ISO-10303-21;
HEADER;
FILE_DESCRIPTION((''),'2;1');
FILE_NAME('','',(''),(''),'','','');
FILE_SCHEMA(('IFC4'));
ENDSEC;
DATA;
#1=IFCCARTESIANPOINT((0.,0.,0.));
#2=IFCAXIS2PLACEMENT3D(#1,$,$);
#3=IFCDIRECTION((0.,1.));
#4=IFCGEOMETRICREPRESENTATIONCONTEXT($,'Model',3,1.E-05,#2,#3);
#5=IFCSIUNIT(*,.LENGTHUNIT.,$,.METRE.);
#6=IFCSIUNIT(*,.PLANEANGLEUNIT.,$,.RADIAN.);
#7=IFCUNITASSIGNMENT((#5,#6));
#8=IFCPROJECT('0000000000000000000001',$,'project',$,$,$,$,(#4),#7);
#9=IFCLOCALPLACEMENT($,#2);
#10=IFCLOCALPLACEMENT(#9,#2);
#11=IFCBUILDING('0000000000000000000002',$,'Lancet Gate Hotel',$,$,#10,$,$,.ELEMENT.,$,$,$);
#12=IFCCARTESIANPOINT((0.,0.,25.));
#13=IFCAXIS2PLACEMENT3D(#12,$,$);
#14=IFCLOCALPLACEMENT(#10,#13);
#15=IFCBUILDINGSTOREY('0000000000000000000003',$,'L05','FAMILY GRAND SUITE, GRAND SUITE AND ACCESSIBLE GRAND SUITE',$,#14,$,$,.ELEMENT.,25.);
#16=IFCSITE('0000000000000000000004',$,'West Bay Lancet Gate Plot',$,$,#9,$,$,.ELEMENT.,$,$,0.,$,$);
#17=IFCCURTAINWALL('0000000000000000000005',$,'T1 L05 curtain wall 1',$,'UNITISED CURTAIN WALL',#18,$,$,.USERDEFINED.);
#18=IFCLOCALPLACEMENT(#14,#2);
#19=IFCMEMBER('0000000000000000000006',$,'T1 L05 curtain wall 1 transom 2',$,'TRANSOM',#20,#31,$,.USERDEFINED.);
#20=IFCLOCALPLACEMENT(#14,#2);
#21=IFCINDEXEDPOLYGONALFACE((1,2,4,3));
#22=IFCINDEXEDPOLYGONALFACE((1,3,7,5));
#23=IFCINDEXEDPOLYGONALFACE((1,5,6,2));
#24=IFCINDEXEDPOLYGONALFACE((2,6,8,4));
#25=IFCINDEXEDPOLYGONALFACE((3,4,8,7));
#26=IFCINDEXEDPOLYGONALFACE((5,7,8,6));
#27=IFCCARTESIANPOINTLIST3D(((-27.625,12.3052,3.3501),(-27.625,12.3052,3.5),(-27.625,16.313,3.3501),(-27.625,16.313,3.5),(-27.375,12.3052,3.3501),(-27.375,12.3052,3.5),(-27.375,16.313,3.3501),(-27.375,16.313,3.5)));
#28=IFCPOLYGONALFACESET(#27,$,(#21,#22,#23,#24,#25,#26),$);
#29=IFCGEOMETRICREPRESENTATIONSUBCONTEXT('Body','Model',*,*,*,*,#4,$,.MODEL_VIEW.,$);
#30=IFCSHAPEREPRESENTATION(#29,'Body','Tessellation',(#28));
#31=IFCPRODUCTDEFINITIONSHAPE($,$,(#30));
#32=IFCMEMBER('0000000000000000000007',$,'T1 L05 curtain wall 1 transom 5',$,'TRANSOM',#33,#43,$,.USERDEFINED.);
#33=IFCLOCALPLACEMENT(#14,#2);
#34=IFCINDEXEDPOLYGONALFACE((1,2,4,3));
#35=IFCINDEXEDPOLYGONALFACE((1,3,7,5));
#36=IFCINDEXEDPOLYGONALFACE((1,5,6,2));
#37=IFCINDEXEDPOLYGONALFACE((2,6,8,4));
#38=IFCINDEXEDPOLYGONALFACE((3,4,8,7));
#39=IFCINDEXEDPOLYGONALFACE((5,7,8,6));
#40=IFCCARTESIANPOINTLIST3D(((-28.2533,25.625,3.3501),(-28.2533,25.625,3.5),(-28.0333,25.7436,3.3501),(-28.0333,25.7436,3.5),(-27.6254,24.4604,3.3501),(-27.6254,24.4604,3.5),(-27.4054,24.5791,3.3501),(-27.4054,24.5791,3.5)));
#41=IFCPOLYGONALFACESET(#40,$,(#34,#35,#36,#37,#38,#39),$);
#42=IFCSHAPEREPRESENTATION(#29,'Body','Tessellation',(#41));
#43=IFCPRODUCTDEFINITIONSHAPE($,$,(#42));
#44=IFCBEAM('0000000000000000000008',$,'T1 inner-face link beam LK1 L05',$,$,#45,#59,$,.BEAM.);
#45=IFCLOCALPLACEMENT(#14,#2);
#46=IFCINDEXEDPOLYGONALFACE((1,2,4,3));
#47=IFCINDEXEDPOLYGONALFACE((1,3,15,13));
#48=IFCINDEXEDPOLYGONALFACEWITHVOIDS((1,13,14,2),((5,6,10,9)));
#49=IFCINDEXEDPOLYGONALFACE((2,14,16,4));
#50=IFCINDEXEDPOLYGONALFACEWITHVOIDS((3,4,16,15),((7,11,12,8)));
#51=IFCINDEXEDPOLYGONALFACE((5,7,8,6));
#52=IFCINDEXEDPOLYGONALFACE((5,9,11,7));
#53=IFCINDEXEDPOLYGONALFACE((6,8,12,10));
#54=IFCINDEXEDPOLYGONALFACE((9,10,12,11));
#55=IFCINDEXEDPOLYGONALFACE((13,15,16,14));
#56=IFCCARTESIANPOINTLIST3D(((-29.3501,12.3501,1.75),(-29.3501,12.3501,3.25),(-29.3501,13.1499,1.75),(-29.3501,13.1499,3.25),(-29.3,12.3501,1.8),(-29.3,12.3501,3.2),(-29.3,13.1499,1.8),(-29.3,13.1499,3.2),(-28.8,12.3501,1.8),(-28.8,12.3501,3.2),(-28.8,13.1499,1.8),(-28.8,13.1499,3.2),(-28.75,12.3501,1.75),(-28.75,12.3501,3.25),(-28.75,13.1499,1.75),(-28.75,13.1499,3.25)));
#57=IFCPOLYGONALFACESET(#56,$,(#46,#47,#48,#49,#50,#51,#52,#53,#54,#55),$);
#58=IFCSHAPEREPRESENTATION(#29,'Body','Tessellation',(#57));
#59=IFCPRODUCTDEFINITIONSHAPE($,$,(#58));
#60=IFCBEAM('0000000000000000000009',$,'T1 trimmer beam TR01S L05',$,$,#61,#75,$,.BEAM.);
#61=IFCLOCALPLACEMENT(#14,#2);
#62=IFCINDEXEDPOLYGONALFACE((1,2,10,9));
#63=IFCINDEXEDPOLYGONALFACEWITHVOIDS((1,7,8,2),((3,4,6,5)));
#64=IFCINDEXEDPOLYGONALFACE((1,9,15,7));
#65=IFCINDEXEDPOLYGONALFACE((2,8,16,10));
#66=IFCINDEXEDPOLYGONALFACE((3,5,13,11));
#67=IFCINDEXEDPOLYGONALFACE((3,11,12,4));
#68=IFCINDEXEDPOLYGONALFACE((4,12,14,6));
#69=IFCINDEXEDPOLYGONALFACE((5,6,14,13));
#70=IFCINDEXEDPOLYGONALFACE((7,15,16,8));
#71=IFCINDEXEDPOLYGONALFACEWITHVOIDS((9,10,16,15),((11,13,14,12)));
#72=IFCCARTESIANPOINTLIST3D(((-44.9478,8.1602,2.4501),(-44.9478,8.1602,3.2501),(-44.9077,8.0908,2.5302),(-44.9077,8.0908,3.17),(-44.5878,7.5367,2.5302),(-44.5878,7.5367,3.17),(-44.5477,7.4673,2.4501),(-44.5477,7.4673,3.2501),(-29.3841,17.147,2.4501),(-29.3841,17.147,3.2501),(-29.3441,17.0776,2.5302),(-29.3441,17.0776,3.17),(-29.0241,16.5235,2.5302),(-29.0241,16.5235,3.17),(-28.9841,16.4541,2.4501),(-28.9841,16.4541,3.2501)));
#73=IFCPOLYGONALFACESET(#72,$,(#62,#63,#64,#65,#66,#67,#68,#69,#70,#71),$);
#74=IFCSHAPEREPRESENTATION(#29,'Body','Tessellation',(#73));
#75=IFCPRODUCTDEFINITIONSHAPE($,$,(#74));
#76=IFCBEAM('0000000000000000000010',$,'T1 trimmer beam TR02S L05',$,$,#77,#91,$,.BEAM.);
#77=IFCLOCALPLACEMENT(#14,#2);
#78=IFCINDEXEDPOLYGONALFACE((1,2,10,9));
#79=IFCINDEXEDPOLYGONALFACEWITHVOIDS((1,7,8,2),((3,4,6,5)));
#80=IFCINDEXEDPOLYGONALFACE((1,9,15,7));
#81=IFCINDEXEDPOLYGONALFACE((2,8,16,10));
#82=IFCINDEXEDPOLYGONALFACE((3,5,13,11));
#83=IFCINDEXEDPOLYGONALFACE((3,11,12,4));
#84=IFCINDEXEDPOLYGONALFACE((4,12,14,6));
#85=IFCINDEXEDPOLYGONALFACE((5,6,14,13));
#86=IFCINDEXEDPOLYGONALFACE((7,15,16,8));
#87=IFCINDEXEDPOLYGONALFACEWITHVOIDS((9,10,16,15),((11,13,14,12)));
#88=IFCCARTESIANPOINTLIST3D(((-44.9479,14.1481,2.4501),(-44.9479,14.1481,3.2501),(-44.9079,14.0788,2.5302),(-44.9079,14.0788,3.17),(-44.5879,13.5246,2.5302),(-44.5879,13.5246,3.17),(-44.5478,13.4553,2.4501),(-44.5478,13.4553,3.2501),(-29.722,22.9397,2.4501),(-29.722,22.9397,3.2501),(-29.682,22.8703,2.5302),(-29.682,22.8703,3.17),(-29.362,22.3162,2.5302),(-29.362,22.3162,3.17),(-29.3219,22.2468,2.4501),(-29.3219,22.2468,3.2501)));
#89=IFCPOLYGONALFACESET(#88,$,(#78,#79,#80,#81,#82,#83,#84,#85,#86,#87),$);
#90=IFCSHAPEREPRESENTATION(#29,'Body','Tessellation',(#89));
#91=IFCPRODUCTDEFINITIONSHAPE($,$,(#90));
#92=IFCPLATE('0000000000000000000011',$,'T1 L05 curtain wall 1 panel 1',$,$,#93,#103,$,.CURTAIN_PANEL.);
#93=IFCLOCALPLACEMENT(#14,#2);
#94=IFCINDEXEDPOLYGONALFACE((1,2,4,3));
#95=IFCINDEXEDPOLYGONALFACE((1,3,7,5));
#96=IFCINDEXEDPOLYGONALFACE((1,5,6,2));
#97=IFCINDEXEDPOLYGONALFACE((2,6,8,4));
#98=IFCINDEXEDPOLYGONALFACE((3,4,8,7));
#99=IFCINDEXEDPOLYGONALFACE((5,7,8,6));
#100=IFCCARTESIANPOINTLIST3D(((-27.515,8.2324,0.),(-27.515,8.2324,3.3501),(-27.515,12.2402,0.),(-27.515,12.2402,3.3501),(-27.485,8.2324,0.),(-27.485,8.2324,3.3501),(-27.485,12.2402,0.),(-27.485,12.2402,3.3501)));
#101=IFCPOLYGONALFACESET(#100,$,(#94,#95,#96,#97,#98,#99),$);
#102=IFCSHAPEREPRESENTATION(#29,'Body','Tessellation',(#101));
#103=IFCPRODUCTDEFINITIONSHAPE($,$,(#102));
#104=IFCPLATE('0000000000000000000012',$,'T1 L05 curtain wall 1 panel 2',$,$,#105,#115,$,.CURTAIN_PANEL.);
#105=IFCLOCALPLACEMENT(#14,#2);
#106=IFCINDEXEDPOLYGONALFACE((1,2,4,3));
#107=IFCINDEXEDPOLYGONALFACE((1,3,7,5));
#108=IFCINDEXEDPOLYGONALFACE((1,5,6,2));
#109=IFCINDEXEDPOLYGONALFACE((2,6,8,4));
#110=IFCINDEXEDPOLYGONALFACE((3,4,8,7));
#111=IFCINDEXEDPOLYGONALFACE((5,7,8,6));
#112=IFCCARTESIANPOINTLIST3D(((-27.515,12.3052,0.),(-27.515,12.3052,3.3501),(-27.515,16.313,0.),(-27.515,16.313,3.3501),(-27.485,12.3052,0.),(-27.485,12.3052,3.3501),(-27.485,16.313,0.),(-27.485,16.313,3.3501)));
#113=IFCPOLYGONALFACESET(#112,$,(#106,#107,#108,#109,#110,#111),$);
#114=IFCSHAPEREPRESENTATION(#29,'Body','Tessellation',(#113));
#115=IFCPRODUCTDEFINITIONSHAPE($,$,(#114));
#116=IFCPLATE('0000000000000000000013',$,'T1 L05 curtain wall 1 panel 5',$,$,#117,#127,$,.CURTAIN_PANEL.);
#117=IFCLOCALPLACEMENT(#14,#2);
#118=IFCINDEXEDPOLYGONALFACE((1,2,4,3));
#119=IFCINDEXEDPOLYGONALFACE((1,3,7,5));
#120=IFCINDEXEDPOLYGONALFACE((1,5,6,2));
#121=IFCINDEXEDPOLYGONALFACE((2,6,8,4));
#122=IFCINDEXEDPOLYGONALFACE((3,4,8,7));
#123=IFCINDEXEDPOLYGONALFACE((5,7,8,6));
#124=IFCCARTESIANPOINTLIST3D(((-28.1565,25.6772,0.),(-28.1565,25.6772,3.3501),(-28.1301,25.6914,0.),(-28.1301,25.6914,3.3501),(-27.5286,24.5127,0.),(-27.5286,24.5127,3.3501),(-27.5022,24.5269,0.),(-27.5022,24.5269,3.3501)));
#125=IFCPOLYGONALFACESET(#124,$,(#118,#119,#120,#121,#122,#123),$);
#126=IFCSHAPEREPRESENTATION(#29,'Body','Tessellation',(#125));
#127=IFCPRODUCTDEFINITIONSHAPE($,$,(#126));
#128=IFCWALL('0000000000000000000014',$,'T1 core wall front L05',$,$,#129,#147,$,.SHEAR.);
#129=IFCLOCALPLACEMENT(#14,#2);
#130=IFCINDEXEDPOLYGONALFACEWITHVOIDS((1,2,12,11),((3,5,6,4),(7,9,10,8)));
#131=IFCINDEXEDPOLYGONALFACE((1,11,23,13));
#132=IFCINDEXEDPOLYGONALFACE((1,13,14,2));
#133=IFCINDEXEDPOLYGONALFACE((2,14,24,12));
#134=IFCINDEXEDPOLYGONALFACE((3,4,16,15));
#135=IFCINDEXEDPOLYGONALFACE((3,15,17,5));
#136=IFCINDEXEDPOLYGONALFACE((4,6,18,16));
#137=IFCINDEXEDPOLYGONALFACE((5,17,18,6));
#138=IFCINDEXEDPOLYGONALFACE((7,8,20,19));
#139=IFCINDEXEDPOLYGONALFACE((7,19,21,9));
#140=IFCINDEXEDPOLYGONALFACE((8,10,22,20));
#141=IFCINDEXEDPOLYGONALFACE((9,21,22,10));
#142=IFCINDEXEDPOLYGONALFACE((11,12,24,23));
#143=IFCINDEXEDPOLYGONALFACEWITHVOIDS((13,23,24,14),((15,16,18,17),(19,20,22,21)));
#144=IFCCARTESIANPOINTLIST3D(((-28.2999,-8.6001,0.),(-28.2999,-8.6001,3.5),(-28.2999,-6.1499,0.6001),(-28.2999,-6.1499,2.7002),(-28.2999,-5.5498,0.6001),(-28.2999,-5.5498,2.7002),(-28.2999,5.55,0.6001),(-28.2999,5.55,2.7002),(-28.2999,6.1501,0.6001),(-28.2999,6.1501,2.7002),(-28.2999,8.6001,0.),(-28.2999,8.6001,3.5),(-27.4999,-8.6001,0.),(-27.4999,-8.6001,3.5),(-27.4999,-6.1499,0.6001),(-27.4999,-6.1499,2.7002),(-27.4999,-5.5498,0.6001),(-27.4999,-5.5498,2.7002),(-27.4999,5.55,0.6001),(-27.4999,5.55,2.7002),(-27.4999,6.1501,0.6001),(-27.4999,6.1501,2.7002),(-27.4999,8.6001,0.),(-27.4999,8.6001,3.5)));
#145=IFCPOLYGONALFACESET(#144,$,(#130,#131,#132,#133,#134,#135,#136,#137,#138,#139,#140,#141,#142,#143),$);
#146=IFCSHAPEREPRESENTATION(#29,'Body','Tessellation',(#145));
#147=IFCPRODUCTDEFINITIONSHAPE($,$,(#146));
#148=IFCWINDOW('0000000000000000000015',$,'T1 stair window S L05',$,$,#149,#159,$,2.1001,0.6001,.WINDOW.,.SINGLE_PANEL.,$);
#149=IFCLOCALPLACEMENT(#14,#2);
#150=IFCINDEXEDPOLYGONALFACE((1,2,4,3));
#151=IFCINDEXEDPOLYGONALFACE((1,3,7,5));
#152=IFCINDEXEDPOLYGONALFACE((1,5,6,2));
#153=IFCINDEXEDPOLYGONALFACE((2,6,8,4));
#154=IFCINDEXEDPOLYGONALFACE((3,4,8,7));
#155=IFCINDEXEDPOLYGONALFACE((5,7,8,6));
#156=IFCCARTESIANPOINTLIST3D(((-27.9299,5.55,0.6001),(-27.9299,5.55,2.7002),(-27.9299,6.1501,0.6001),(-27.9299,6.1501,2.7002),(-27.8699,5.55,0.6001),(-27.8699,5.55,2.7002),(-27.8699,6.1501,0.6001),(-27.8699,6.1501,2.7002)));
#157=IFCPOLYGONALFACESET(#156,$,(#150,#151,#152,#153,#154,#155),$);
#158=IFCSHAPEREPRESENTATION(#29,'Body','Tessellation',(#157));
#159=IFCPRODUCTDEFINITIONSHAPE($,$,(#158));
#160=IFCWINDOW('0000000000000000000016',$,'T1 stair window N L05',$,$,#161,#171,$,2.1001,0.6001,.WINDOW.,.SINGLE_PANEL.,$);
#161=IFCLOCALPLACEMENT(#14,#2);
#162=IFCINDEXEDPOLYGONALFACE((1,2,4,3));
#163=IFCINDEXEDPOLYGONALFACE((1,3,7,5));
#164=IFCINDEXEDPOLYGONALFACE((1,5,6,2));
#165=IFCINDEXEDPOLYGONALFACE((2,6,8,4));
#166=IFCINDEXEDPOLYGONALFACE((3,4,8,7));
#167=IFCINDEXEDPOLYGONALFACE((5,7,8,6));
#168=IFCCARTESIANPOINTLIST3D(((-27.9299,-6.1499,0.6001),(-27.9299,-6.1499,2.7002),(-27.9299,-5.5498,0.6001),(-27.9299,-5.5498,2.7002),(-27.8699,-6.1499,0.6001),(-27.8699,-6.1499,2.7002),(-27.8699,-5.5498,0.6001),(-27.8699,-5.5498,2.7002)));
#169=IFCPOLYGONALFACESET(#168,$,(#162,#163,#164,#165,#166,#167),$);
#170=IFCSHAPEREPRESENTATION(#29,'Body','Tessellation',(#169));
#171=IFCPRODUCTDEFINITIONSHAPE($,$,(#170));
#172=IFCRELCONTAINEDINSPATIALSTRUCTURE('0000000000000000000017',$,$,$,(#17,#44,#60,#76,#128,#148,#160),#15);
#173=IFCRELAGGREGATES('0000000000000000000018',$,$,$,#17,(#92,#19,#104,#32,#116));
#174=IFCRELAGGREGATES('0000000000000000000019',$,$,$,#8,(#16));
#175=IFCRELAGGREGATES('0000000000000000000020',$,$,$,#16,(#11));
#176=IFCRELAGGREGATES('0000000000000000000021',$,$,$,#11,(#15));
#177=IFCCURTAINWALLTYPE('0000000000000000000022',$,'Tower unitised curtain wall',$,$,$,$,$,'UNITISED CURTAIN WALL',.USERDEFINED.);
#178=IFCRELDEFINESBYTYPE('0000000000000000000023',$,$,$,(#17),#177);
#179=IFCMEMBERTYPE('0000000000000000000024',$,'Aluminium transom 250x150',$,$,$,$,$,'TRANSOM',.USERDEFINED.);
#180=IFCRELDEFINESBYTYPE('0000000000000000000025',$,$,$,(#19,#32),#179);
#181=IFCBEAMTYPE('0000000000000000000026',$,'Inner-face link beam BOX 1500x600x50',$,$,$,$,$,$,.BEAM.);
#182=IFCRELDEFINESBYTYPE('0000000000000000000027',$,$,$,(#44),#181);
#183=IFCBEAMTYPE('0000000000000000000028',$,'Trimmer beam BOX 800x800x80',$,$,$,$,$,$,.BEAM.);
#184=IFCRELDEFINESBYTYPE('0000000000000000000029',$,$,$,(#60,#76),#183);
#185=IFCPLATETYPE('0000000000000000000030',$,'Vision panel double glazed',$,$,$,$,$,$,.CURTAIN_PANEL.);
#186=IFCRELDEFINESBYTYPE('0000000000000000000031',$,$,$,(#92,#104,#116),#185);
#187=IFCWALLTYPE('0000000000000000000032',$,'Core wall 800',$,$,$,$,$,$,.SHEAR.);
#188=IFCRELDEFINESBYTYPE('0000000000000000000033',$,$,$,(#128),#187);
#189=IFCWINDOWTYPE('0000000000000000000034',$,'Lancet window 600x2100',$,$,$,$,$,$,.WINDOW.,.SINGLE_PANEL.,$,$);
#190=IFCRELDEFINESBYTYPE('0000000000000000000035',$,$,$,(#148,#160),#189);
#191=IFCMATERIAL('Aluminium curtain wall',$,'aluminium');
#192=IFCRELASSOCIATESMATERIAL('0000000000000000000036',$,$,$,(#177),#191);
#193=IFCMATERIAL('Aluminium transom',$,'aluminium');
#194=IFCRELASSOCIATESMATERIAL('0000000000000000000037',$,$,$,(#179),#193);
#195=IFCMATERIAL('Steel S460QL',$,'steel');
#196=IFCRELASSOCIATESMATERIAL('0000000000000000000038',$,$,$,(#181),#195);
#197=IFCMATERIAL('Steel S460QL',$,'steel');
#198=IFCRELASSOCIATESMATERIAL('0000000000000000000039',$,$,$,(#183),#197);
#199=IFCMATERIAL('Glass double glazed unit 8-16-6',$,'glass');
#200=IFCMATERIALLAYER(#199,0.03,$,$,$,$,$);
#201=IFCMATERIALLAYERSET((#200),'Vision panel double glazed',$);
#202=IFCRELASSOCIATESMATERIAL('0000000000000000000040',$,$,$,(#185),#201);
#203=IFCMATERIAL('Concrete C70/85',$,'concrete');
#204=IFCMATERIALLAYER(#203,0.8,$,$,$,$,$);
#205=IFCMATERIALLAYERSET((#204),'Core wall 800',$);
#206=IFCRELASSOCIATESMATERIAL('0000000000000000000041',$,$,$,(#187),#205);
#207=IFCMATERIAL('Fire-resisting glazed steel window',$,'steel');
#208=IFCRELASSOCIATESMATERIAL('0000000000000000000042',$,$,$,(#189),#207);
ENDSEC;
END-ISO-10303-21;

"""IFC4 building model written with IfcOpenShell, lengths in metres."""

from ifc_helpers import new_model, si_unit, direction, frame, frame_2d, origin, origin_2d, place, context, subcontext, project, spatial, rectangle, hollow_rectangle, extrude, material, layer, layer_set, material_profile, profile_set, type_object, element, fill, aggregate, save


model = new_model("IFC4")

# Units and contexts
model_context = context("Model", 3, precision=1e-05, world=origin(), true_north=direction((0.0, 1.0)))
body_context = subcontext(model_context, "Body", "Model", "MODEL_VIEW")
ifc_project = project(units=[si_unit("LENGTHUNIT", "METRE"), si_unit("PLANEANGLEUNIT", "RADIAN")], contexts=[model_context])

# Site, building, storey
site_placement = place(None, origin())
site = spatial("IfcSite", under=ifc_project, at=site_placement, Name="West Bay Lancet Gate Plot", CompositionType="ELEMENT", RefElevation=0.0)
building_placement = place(site_placement, origin())
building = spatial("IfcBuilding", under=site, at=building_placement, Name="Lancet Gate Hotel", CompositionType="ELEMENT")
storey_placement = place(building_placement, frame((0.0, 0.0, 25.0)))
storey = spatial("IfcBuildingStorey", under=building, at=storey_placement, Name="L05", Description="FAMILY GRAND SUITE, GRAND SUITE AND ACCESSIBLE GRAND SUITE", CompositionType="ELEMENT", Elevation=25.0)

# Curtain wall, members
ifc_material_1 = material(Name="Aluminium curtain wall", Category="aluminium")
curtain_wall_type = type_object("IfcCurtainWallType", Name="Tower unitised curtain wall", ElementType="UNITISED CURTAIN WALL", PredefinedType="USERDEFINED", material=ifc_material_1)
curtain_wall_placement = place(storey_placement, origin())
curtain_wall = element("IfcCurtainWall", 1, at=curtain_wall_placement, inside=storey, type_object=curtain_wall_type, Name="T1 L05 curtain wall 1", ObjectType="UNITISED CURTAIN WALL", PredefinedType="USERDEFINED")
ifc_material_2 = material(Name="Aluminium transom", Category="aluminium")
ifc_material_profile_1 = material_profile(ifc_material_2, rectangle(XDim=0.25, YDim=0.1499, at=origin_2d()), Name="TRANSOM 250x150")
ifc_profile_set_1 = profile_set([ifc_material_profile_1], Name="Aluminium transom")
member_type_1 = type_object("IfcMemberType", Name="Aluminium transom 250x150", ElementType="TRANSOM", PredefinedType="USERDEFINED", material=ifc_profile_set_1)
member_1_placement = place(storey_placement, frame((-27.5, 12.3052, 3.425), z_axis=(0.0, 1.0, 0.0), x_axis=(-1.0, 0.0, 0.0)))
member_1 = element("IfcMember", 2, at=member_1_placement, type_object=member_type_1, Name="T1 L05 curtain wall 1 transom 2", ObjectType="TRANSOM", PredefinedType="USERDEFINED", context=body_context, shape_type="SweptSolid", body=[
    extrude(rectangle(XDim=0.25, YDim=0.1499, at=origin_2d()), origin(), (0.0, 0.0, 1.0), 4.0078),
])
member_2_placement = place(storey_placement, frame((-27.5154, 24.5198, 3.425), z_axis=(-0.474606, 0.880198, 0.0), x_axis=(-0.880198, -0.474606, 0.0)))
member_2 = element("IfcMember", 3, at=member_2_placement, type_object=member_type_1, Name="T1 L05 curtain wall 1 transom 5", ObjectType="TRANSOM", PredefinedType="USERDEFINED", context=body_context, shape_type="SweptSolid", body=[
    extrude(rectangle(XDim=0.25, YDim=0.1499, at=origin_2d()), origin(), (0.0, 0.0, 1.0), 1.323),
])

# Beams
ifc_material_3 = material(Name="Steel S460QL", Category="steel")
ifc_material_profile_2 = material_profile(ifc_material_3, hollow_rectangle(XDim=0.6001, YDim=1.5, WallThickness=0.05, at=origin_2d()), Name="BOX 1500x600x50")
ifc_profile_set_2 = profile_set([ifc_material_profile_2], Name="Steel S460QL")
beam_type_1 = type_object("IfcBeamType", Name="Inner-face link beam BOX 1500x600x50", PredefinedType="BEAM", material=ifc_profile_set_2)
beam_1_placement = place(storey_placement, frame((-29.05, 13.1499, 2.5), z_axis=(0.0, -1.0, 0.0), x_axis=(1.0, 0.0, 0.0)))
element("IfcBeam", 4, at=beam_1_placement, inside=storey, type_object=beam_type_1, Name="T1 inner-face link beam LK1 L05", PredefinedType="BEAM", context=body_context, shape_type="SweptSolid", body=[
    extrude(hollow_rectangle(XDim=0.6001, YDim=1.5, WallThickness=0.05, at=origin_2d()), origin(), (0.0, 0.0, 1.0), 0.7998),
])
ifc_material_4 = material(Name="Steel S460QL", Category="steel")
ifc_material_profile_3 = material_profile(ifc_material_4, hollow_rectangle(XDim=0.8, YDim=0.8, WallThickness=0.0801, at=origin_2d()), Name="BOX 800x800x80")
ifc_profile_set_3 = profile_set([ifc_material_profile_3], Name="Steel S460QL")
beam_type_2 = type_object("IfcBeamType", Name="Trimmer beam BOX 800x800x80", PredefinedType="BEAM", material=ifc_profile_set_3)
beam_2_placement = place(storey_placement, frame((-29.1841, 16.8005, 2.8501), z_axis=(-0.865999, -0.500046, 0.0), x_axis=(0.500046, -0.865999, 0.0)))
element("IfcBeam", 5, at=beam_2_placement, inside=storey, type_object=beam_type_2, Name="T1 trimmer beam TR01S L05", PredefinedType="BEAM", context=body_context, shape_type="SweptSolid", body=[
    extrude(hollow_rectangle(XDim=0.8, YDim=0.8, WallThickness=0.0801, at=origin_2d()), origin(), (0.0, 0.0, 1.0), 17.9719),
])
beam_3_placement = place(storey_placement, frame((-29.522, 22.5933, 2.8501), z_axis=(-0.866004, -0.500037, 0.0), x_axis=(0.500037, -0.866004, 0.0)))
element("IfcBeam", 6, at=beam_3_placement, inside=storey, type_object=beam_type_2, Name="T1 trimmer beam TR02S L05", PredefinedType="BEAM", context=body_context, shape_type="SweptSolid", body=[
    extrude(hollow_rectangle(XDim=0.8, YDim=0.8, WallThickness=0.0801, at=origin_2d()), origin(), (0.0, 0.0, 1.0), 17.5818),
])

# Plates
ifc_material_5 = material(Name="Glass double glazed unit 8-16-6", Category="glass")
ifc_layer_1 = layer(ifc_material_5, 0.03)
ifc_layer_set_1 = layer_set([ifc_layer_1], Name="Vision panel double glazed")
plate_type = type_object("IfcPlateType", Name="Vision panel double glazed", PredefinedType="CURTAIN_PANEL", material=ifc_layer_set_1)
plate_1_placement = place(storey_placement, frame((-27.5, 10.2363, 0.0), z_axis=(0.0, 0.0, 1.0), x_axis=(0.0, 1.0, 0.0)))
plate_1 = element("IfcPlate", 7, at=plate_1_placement, type_object=plate_type, Name="T1 L05 curtain wall 1 panel 1", PredefinedType="CURTAIN_PANEL", context=body_context, shape_type="SweptSolid", body=[
    extrude(rectangle(XDim=4.0078, YDim=0.03, at=origin_2d()), origin(), (0.0, 0.0, 1.0), 3.3501),
])
plate_2_placement = place(storey_placement, frame((-27.5, 14.3091, 0.0), z_axis=(0.0, 0.0, 1.0), x_axis=(0.0, 1.0, 0.0)))
plate_2 = element("IfcPlate", 8, at=plate_2_placement, type_object=plate_type, Name="T1 L05 curtain wall 1 panel 2", PredefinedType="CURTAIN_PANEL", context=body_context, shape_type="SweptSolid", body=[
    extrude(rectangle(XDim=4.0078, YDim=0.03, at=origin_2d()), origin(), (0.0, 0.0, 1.0), 3.3501),
])
plate_3_placement = place(storey_placement, frame((-27.8293, 25.1021, 0.0), z_axis=(0.0, 0.0, 1.0), x_axis=(-0.474631, 0.880185, 0.0)))
plate_3 = element("IfcPlate", 9, at=plate_3_placement, type_object=plate_type, Name="T1 L05 curtain wall 1 panel 5", PredefinedType="CURTAIN_PANEL", context=body_context, shape_type="SweptSolid", body=[
    extrude(rectangle(XDim=1.323, YDim=0.03, at=origin_2d()), origin(), (0.0, 0.0, 1.0), 3.3501),
])
aggregate(curtain_wall, [plate_1, member_1, plate_2, member_2, plate_3])

# Wall, openings, windows
ifc_material_6 = material(Name="Concrete C70/85", Category="concrete")
ifc_layer_2 = layer(ifc_material_6, 0.8)
ifc_layer_set_2 = layer_set([ifc_layer_2], Name="Core wall 800")
wall_type_1 = type_object("IfcWallType", Name="Core wall 800", PredefinedType="SHEAR", material=ifc_layer_set_2)
wall_1_placement = place(storey_placement, frame((-27.8999, 8.6001, 0.0), z_axis=(0.0, 0.0, 1.0), x_axis=(0.0, -1.0, 0.0)))
wall_1 = element("IfcWall", 10, at=wall_1_placement, inside=storey, type_object=wall_type_1, Name="T1 core wall front L05", PredefinedType="SHEAR", context=body_context, shape_type="SweptSolid", body=[
    extrude(rectangle(XDim=17.2002, YDim=0.8, at=frame_2d((8.6001, 0.0))), origin(), (0.0, 0.0, 1.0), 3.5),
])
opening_1_placement = place(wall_1_placement, frame((2.45, 0.0, 0.6001)))
opening_1 = element("IfcOpeningElement", 11, at=opening_1_placement, cuts=wall_1, PredefinedType="OPENING", context=body_context, shape_type="SweptSolid", body=[
    extrude(rectangle(XDim=0.6001, YDim=2.1001, at=frame_2d((0.3, 1.05))), frame((0.0, 0.4099, 0.0), z_axis=(0.0, -1.0, 0.0), x_axis=(1.0, 0.0, 0.0)), (0.0, 0.0, 1.0), 0.8201),
])
opening_2_placement = place(wall_1_placement, frame((14.1499, 0.0, 0.6001)))
opening_2 = element("IfcOpeningElement", 12, at=opening_2_placement, cuts=wall_1, PredefinedType="OPENING", context=body_context, shape_type="SweptSolid", body=[
    extrude(rectangle(XDim=0.6001, YDim=2.1001, at=frame_2d((0.3, 1.05))), frame((0.0, 0.4099, 0.0), z_axis=(0.0, -1.0, 0.0), x_axis=(1.0, 0.0, 0.0)), (0.0, 0.0, 1.0), 0.8201),
])
ifc_material_7 = material(Name="Fire-resisting glazed steel window", Category="steel")
window_type = type_object("IfcWindowType", Name="Lancet window 600x2100", PartitioningType="SINGLE_PANEL", PredefinedType="WINDOW", material=ifc_material_7)
window_1_placement = place(opening_1_placement, origin())
window_1 = element("IfcWindow", 13, at=window_1_placement, inside=storey, type_object=window_type, Name="T1 stair window S L05", OverallHeight=2.1001, OverallWidth=0.6001, PartitioningType="SINGLE_PANEL", PredefinedType="WINDOW", context=body_context, shape_type="SweptSolid", body=[
    extrude(rectangle(XDim=0.6001, YDim=2.1001, at=frame_2d((0.3, 1.05))), frame((0.0, 0.03, 0.0), z_axis=(0.0, -1.0, 0.0), x_axis=(1.0, 0.0, 0.0)), (0.0, 0.0, 1.0), 0.0601),
])
fill(opening_1, window_1)
window_2_placement = place(opening_2_placement, origin())
window_2 = element("IfcWindow", 14, at=window_2_placement, inside=storey, type_object=window_type, Name="T1 stair window N L05", OverallHeight=2.1001, OverallWidth=0.6001, PartitioningType="SINGLE_PANEL", PredefinedType="WINDOW", context=body_context, shape_type="SweptSolid", body=[
    extrude(rectangle(XDim=0.6001, YDim=2.1001, at=frame_2d((0.3, 1.05))), frame((0.0, 0.03, 0.0), z_axis=(0.0, -1.0, 0.0), x_axis=(1.0, 0.0, 0.0)), (0.0, 0.0, 1.0), 0.0601),
])
fill(opening_2, window_2)

save(model, "model.ifc")
